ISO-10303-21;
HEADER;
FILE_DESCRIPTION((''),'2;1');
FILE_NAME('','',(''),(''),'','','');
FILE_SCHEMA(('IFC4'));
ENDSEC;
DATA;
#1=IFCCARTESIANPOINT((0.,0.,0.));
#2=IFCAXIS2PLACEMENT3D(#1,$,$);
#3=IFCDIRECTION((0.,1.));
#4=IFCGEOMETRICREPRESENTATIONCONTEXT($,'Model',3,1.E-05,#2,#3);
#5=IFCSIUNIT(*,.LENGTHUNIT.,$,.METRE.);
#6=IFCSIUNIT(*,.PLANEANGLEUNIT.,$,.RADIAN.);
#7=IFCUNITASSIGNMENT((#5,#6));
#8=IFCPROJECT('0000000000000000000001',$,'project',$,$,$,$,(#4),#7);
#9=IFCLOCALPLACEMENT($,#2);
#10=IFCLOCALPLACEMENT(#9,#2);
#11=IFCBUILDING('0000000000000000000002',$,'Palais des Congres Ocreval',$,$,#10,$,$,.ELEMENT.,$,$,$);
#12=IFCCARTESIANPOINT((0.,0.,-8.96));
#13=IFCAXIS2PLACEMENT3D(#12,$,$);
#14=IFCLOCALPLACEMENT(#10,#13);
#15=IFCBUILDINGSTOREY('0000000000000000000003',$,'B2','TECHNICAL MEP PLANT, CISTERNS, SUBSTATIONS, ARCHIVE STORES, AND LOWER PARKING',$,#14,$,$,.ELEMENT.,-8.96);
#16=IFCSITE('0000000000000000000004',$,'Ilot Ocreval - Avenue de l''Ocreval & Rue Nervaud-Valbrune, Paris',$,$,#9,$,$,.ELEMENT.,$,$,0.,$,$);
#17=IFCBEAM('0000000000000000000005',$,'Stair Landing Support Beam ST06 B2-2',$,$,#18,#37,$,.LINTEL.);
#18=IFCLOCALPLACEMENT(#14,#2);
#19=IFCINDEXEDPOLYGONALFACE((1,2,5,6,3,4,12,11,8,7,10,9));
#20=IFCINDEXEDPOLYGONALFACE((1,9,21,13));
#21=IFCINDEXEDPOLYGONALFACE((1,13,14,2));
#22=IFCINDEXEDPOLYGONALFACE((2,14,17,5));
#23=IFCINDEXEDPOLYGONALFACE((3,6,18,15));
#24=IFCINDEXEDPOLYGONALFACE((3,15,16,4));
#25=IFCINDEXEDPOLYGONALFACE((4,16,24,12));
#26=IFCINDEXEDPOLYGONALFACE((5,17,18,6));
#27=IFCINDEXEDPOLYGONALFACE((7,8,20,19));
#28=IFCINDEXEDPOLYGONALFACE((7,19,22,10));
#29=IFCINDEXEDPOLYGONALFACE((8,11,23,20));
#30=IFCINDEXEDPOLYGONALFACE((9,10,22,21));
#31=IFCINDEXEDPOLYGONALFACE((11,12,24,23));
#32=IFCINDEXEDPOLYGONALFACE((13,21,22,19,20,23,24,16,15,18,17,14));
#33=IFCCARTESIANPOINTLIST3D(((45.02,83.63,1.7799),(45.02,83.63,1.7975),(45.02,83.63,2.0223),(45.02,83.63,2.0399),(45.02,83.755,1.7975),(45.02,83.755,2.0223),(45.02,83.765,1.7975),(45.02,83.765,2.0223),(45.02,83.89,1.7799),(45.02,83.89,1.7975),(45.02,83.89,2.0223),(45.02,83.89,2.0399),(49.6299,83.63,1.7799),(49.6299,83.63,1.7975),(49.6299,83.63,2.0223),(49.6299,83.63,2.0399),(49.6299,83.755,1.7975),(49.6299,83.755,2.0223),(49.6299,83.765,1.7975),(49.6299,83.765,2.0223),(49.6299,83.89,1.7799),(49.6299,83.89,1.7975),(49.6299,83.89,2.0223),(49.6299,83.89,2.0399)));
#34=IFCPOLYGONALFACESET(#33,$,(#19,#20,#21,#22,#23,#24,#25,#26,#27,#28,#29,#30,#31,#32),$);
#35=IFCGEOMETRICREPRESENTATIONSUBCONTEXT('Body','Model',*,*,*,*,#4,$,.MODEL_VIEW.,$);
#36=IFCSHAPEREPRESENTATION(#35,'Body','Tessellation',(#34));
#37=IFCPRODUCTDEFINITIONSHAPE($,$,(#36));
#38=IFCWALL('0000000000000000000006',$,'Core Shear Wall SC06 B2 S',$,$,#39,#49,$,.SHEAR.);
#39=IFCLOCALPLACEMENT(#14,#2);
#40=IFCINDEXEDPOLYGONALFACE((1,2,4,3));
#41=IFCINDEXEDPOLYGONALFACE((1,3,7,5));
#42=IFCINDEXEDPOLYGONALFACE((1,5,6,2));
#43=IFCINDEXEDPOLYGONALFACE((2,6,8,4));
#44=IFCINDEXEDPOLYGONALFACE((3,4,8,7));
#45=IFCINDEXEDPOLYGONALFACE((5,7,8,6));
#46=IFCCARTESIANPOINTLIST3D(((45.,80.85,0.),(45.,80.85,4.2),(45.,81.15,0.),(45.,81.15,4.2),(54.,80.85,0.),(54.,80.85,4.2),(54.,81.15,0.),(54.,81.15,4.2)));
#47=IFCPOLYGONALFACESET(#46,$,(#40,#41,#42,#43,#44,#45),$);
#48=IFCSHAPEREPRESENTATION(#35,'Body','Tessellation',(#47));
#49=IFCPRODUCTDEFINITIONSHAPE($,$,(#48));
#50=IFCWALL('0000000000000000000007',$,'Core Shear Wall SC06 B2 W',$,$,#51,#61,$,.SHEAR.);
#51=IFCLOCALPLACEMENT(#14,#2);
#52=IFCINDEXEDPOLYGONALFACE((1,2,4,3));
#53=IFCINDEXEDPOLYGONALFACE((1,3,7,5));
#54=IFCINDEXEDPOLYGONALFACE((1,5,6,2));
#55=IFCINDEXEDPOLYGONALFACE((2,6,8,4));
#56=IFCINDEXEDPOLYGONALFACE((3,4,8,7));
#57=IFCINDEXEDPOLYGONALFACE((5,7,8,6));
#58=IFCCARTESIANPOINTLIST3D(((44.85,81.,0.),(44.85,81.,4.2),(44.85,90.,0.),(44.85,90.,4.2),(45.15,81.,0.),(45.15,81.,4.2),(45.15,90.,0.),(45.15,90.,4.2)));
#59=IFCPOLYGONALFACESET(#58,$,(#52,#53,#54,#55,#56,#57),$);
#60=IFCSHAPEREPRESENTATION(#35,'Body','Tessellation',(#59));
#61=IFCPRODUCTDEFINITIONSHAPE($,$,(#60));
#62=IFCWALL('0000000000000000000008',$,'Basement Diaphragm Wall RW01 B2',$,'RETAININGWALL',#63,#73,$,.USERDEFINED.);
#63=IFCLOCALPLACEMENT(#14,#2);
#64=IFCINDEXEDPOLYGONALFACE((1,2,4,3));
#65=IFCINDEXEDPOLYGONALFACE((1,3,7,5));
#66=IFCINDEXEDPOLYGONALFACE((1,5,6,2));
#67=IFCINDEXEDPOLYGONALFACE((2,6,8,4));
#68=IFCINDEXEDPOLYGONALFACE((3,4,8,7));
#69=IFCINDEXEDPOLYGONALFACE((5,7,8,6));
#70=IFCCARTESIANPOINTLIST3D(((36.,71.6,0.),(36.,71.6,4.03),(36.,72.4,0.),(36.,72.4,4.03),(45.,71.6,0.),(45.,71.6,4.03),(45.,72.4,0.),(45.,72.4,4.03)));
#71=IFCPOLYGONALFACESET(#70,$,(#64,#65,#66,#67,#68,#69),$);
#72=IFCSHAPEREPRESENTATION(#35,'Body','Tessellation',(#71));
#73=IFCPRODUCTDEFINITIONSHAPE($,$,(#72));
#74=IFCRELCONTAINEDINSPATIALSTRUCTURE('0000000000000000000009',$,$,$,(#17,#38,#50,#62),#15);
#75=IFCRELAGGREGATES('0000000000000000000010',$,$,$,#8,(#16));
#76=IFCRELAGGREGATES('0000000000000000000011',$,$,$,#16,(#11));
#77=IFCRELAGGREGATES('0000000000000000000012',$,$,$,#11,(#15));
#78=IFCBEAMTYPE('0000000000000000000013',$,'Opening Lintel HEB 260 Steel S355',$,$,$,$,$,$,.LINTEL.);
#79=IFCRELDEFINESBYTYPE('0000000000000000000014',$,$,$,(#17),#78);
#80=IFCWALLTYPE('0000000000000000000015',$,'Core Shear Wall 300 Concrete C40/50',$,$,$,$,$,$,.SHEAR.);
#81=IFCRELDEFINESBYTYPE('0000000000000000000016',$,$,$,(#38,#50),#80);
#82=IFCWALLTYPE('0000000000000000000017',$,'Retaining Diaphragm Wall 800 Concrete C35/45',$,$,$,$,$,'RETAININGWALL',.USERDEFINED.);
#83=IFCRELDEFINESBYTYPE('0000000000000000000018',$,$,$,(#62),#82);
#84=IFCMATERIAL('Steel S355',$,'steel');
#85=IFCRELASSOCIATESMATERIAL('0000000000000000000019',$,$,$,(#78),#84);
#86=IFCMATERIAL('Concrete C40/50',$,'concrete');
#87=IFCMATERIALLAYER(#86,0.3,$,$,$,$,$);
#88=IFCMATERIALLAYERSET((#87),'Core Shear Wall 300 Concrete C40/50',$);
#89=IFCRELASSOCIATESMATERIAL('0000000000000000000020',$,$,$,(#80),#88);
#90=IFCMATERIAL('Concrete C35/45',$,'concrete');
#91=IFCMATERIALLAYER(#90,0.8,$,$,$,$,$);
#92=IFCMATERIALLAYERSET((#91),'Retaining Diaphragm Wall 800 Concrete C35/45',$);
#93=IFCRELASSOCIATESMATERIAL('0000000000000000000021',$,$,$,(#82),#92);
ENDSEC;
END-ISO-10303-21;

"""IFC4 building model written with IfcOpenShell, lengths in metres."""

from ifc_helpers import new_model, si_unit, direction, frame, frame_2d, origin, origin_2d, place, context, subcontext, project, spatial, rectangle, i_section, extrude, material, layer, layer_set, material_profile, profile_set, type_object, element, save


model = new_model("IFC4")

# Units and contexts
model_context = context("Model", 3, precision=1e-05, world=origin(), true_north=direction((0.0, 1.0)))
body_context = subcontext(model_context, "Body", "Model", "MODEL_VIEW")
ifc_project = project(units=[si_unit("LENGTHUNIT", "METRE"), si_unit("PLANEANGLEUNIT", "RADIAN")], contexts=[model_context])

# Site, building, storey
site_placement = place(None, origin())
site = spatial("IfcSite", under=ifc_project, at=site_placement, Name="Ilot Ocreval - Avenue de l'Ocreval & Rue Nervaud-Valbrune, Paris", CompositionType="ELEMENT", RefElevation=0.0)
building_placement = place(site_placement, origin())
building = spatial("IfcBuilding", under=site, at=building_placement, Name="Palais des Congres Ocreval", CompositionType="ELEMENT")
storey_placement = place(building_placement, frame((0.0, 0.0, -8.96)))
storey = spatial("IfcBuildingStorey", under=building, at=storey_placement, Name="B2", Description="TECHNICAL MEP PLANT, CISTERNS, SUBSTATIONS, ARCHIVE STORES, AND LOWER PARKING", CompositionType="ELEMENT", Elevation=-8.96)

# Shared definitions
ifc_material_1 = material(Name="Concrete C35/45", Category="concrete")

# Shared definitions
ifc_material_2 = material(Name="Steel S355", Category="steel")

# Beam
ifc_material_profile_1 = material_profile(ifc_material_2, i_section(OverallWidth=0.26, OverallDepth=0.26, WebThickness=0.01, FlangeThickness=0.0176, at=origin_2d()), Name="HEB 260")
ifc_profile_set_1 = profile_set([ifc_material_profile_1], Name="Steel S355")
beam_type_1 = type_object("IfcBeamType", Name="Opening Lintel HEB 260 Steel S355", PredefinedType="LINTEL", material=ifc_profile_set_1)
for number, where, z_axis, x_axis, name in (
    (1, (45.02, 83.76, 1.9099), (1.0, 0.0, 0.0), (0.0, 1.0, 0.0), "Stair Landing Support Beam ST06 B2-2"),
):
    element("IfcBeam", number, at=place(storey_placement, frame(where, z_axis=z_axis, x_axis=x_axis)), inside=storey, type_object=beam_type_1, Name=name, PredefinedType="LINTEL", context=body_context, shape_type="SweptSolid", body=[
        extrude(i_section(OverallWidth=0.26, OverallDepth=0.26, WebThickness=0.01, FlangeThickness=0.0176, at=origin_2d()), origin(), (0.0, 0.0, 1.0), 4.6099),
    ])

# Walls
ifc_material_3 = material(Name="Concrete C40/50", Category="concrete")
ifc_layer_1 = layer(ifc_material_3, 0.3)
ifc_layer_set_1 = layer_set([ifc_layer_1], Name="Core Shear Wall 300 Concrete C40/50")
wall_type_1 = type_object("IfcWallType", Name="Core Shear Wall 300 Concrete C40/50", PredefinedType="SHEAR", material=ifc_layer_set_1)
for number, where, z_axis, x_axis, name in (
    (2, (45.0, 81.0, 0.0), (0.0, 0.0, 1.0), (1.0, 0.0, 0.0), "Core Shear Wall SC06 B2 S"),
    (3, (45.0, 81.0, 0.0), (0.0, 0.0, 1.0), (0.0, 1.0, 0.0), "Core Shear Wall SC06 B2 W"),
):
    element("IfcWall", number, at=place(storey_placement, frame(where, z_axis=z_axis, x_axis=x_axis)), inside=storey, type_object=wall_type_1, Name=name, PredefinedType="SHEAR", context=body_context, shape_type="SweptSolid", body=[
        extrude(rectangle(XDim=9.0, YDim=0.3, at=frame_2d((4.5, 0.0))), origin(), (0.0, 0.0, 1.0), 4.2),
    ])
ifc_layer_2 = layer(ifc_material_1, 0.8)
ifc_layer_set_2 = layer_set([ifc_layer_2], Name="Retaining Diaphragm Wall 800 Concrete C35/45")
wall_type_2 = type_object("IfcWallType", Name="Retaining Diaphragm Wall 800 Concrete C35/45", ElementType="RETAININGWALL", PredefinedType="USERDEFINED", material=ifc_layer_set_2)
wall_placement = place(storey_placement, frame((45.0, 72.0, 0.0), z_axis=(0.0, 0.0, 1.0), x_axis=(-1.0, 0.0, 0.0)))
element("IfcWall", 4, at=wall_placement, inside=storey, type_object=wall_type_2, Name="Basement Diaphragm Wall RW01 B2", ObjectType="RETAININGWALL", PredefinedType="USERDEFINED", context=body_context, shape_type="SweptSolid", body=[
    extrude(rectangle(XDim=9.0, YDim=0.8, at=frame_2d((4.5, 0.0))), origin(), (0.0, 0.0, 1.0), 4.03),
])

save(model, "model.ifc")
